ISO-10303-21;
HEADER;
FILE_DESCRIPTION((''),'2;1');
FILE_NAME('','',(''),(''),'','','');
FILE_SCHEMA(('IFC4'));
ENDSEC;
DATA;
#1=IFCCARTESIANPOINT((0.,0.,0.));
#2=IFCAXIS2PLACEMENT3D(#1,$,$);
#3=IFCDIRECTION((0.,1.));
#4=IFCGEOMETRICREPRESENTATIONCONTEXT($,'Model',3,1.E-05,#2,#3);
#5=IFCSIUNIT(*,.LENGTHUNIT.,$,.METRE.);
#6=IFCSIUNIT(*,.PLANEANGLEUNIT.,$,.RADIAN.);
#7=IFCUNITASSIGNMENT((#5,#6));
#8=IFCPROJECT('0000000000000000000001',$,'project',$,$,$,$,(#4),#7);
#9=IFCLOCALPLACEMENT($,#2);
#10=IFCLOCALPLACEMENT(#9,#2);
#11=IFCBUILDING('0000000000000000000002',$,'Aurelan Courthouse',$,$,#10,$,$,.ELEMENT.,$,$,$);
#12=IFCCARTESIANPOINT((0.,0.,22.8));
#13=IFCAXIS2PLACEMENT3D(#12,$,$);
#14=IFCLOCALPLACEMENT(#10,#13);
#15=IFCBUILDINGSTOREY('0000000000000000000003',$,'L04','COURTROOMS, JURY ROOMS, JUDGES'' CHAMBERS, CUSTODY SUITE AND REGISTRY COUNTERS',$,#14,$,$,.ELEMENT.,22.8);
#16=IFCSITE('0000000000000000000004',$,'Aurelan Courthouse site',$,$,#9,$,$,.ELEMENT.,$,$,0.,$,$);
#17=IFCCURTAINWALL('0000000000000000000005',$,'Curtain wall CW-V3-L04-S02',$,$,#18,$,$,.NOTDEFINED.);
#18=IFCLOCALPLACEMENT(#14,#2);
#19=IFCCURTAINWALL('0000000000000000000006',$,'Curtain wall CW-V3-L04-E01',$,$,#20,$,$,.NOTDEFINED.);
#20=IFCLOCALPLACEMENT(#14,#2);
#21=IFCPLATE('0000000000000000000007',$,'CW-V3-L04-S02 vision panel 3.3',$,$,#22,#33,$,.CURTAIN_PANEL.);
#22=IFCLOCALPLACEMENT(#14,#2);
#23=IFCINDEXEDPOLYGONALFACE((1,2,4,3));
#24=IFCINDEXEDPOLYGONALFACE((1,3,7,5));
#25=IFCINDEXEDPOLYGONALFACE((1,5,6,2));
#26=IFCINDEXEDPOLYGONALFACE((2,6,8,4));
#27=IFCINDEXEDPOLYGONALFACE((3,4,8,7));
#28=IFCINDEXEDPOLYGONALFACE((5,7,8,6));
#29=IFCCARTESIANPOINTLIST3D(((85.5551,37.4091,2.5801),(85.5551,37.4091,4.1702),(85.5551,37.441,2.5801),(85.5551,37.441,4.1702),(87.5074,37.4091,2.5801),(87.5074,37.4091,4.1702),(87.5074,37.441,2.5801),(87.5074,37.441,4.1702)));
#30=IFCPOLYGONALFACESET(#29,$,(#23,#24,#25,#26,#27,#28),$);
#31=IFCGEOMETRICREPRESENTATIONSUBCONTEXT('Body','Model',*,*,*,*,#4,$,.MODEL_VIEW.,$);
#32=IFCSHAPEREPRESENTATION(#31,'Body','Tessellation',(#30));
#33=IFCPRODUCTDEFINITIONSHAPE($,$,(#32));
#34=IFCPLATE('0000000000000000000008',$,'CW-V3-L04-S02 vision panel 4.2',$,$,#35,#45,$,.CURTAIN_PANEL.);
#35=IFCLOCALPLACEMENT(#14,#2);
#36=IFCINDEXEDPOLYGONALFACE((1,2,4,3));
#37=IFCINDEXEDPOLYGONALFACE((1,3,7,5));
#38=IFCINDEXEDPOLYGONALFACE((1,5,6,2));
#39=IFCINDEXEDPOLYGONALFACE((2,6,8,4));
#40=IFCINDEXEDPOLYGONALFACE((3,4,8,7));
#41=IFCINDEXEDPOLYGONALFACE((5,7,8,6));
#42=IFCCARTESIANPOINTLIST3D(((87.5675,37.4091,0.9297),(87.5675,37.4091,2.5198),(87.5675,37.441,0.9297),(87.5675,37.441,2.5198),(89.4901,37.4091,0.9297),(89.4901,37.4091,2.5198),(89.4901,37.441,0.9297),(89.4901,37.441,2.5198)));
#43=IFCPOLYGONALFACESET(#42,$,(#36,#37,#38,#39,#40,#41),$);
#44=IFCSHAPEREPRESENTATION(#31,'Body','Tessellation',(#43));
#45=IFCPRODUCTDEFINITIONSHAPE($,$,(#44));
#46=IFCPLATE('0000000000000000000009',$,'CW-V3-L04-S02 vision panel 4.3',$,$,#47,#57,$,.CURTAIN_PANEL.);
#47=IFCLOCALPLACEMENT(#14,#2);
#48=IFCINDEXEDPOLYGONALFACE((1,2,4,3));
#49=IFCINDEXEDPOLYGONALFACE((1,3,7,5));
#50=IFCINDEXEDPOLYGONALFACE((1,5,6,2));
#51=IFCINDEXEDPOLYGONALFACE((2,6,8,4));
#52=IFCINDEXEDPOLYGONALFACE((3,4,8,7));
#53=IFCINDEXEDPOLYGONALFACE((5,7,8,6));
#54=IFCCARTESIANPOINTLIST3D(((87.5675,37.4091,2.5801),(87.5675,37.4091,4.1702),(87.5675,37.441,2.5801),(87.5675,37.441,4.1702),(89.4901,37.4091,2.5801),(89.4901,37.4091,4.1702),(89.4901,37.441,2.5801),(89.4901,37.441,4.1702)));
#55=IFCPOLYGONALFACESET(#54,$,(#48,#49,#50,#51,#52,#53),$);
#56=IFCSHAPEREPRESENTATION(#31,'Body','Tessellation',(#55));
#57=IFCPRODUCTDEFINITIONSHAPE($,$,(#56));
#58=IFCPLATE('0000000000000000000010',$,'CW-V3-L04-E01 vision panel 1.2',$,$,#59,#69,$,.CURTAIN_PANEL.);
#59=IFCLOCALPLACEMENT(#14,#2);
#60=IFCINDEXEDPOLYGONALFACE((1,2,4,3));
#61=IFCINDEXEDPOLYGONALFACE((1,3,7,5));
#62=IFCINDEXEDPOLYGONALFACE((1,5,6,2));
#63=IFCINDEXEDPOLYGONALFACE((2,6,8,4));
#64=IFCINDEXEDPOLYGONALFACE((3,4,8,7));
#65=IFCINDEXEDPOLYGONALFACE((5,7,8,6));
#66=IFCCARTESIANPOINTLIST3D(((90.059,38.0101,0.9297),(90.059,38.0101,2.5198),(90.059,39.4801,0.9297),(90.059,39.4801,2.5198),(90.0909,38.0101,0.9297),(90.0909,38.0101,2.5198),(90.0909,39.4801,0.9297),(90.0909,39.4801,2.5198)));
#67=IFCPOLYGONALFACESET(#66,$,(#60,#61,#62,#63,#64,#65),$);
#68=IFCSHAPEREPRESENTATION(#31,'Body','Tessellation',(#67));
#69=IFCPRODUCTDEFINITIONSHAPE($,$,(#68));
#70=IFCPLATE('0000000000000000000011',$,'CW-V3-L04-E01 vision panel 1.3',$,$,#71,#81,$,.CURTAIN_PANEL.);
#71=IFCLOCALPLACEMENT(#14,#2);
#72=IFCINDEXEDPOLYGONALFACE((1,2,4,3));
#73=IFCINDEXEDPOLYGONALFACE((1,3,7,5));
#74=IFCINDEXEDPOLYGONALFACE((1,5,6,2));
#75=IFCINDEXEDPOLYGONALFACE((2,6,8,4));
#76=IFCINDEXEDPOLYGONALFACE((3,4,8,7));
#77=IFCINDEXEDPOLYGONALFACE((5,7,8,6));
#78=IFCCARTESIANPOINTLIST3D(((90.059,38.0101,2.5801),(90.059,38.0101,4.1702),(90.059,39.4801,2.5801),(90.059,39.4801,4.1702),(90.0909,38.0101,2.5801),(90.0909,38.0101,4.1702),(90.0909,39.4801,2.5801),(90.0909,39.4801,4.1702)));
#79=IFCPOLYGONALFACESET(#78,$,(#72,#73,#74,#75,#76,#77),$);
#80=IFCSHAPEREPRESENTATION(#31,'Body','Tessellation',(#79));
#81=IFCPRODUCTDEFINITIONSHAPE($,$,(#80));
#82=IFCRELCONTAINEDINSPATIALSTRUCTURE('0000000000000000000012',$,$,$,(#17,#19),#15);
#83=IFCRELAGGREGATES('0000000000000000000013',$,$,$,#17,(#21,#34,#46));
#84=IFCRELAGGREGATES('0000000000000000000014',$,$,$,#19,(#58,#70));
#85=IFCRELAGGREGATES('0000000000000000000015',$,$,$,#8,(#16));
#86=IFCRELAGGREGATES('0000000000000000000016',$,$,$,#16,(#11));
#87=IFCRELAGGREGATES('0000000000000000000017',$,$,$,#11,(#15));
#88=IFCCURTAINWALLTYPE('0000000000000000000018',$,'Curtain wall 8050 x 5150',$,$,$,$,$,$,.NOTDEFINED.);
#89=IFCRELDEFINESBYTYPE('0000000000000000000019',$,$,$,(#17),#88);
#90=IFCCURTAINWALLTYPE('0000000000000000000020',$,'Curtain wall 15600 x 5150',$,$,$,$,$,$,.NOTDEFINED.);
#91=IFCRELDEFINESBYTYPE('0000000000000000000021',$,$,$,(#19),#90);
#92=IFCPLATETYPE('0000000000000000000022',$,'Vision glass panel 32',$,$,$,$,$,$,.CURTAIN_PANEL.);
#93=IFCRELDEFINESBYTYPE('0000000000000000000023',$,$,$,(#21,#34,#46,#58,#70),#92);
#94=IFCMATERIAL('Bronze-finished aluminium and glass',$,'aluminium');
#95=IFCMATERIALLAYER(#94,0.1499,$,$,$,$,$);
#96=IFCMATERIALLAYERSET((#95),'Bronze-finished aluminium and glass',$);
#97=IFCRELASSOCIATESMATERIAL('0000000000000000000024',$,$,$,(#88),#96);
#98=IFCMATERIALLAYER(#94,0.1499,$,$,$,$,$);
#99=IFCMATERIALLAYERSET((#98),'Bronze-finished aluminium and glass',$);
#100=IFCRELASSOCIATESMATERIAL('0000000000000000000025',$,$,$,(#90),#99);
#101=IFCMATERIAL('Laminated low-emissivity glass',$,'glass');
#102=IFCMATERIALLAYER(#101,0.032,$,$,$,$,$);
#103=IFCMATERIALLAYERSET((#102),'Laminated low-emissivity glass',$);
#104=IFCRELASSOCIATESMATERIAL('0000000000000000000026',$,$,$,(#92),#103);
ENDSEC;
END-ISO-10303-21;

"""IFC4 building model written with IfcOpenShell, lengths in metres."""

from ifc_helpers import new_model, si_unit, direction, frame, origin, origin_2d, place, context, subcontext, project, spatial, rectangle, extrude, material, layer, layer_set, type_object, element, aggregate, save


model = new_model("IFC4")

# Units and contexts
model_context = context("Model", 3, precision=1e-05, world=origin(), true_north=direction((0.0, 1.0)))
body_context = subcontext(model_context, "Body", "Model", "MODEL_VIEW")
ifc_project = project(units=[si_unit("LENGTHUNIT", "METRE"), si_unit("PLANEANGLEUNIT", "RADIAN")], contexts=[model_context])

# Site, building, storey
site_placement = place(None, origin())
site = spatial("IfcSite", under=ifc_project, at=site_placement, Name="Aurelan Courthouse site", CompositionType="ELEMENT", RefElevation=0.0)
building_placement = place(site_placement, origin())
building = spatial("IfcBuilding", under=site, at=building_placement, Name="Aurelan Courthouse", CompositionType="ELEMENT")
storey_placement = place(building_placement, frame((0.0, 0.0, 22.8)))
storey = spatial("IfcBuildingStorey", under=building, at=storey_placement, Name="L04", Description="COURTROOMS, JURY ROOMS, JUDGES' CHAMBERS, CUSTODY SUITE AND REGISTRY COUNTERS", CompositionType="ELEMENT", Elevation=22.8)

# Curtain wall
ifc_material_1 = material(Name="Bronze-finished aluminium and glass", Category="aluminium")
ifc_layer_1 = layer(ifc_material_1, 0.1499)
ifc_layer_set_1 = layer_set([ifc_layer_1], Name="Bronze-finished aluminium and glass")
curtain_wall_type_1 = type_object("IfcCurtainWallType", Name="Curtain wall 8050 x 5150", PredefinedType="NOTDEFINED", material=ifc_layer_set_1)
curtain_wall_1_placement = place(storey_placement, origin())
curtain_wall_1 = element("IfcCurtainWall", 1, at=curtain_wall_1_placement, inside=storey, type_object=curtain_wall_type_1, Name="Curtain wall CW-V3-L04-S02", PredefinedType="NOTDEFINED")

# Curtain wall
ifc_layer_2 = layer(ifc_material_1, 0.1499)
ifc_layer_set_2 = layer_set([ifc_layer_2], Name="Bronze-finished aluminium and glass")
curtain_wall_type_2 = type_object("IfcCurtainWallType", Name="Curtain wall 15600 x 5150", PredefinedType="NOTDEFINED", material=ifc_layer_set_2)
curtain_wall_2_placement = place(storey_placement, origin())
curtain_wall_2 = element("IfcCurtainWall", 2, at=curtain_wall_2_placement, inside=storey, type_object=curtain_wall_type_2, Name="Curtain wall CW-V3-L04-E01", PredefinedType="NOTDEFINED")

# Plates
ifc_material_2 = material(Name="Laminated low-emissivity glass", Category="glass")
ifc_layer_3 = layer(ifc_material_2, 0.032)
ifc_layer_set_3 = layer_set([ifc_layer_3], Name="Laminated low-emissivity glass")
plate_type_1 = type_object("IfcPlateType", Name="Vision glass panel 32", PredefinedType="CURTAIN_PANEL", material=ifc_layer_set_3)
plate_1_placement = place(storey_placement, frame((86.5312, 37.425, 2.5801), z_axis=(0.0, 0.0, 1.0), x_axis=(1.0, 0.0, 0.0)))
plate_1 = element("IfcPlate", 3, at=plate_1_placement, type_object=plate_type_1, Name="CW-V3-L04-S02 vision panel 3.3", PredefinedType="CURTAIN_PANEL", context=body_context, shape_type="SweptSolid", body=[
    extrude(rectangle(XDim=1.9524, YDim=0.032, at=origin_2d()), origin(), (0.0, 0.0, 1.0), 1.5901),
])
plate_2_placement = place(storey_placement, frame((88.5288, 37.425, 0.9297), z_axis=(0.0, 0.0, 1.0), x_axis=(1.0, 0.0, 0.0)))
plate_2 = element("IfcPlate", 4, at=plate_2_placement, type_object=plate_type_1, Name="CW-V3-L04-S02 vision panel 4.2", PredefinedType="CURTAIN_PANEL", context=body_context, shape_type="SweptSolid", body=[
    extrude(rectangle(XDim=1.9226, YDim=0.032, at=origin_2d()), origin(), (0.0, 0.0, 1.0), 1.5901),
])
plate_3_placement = place(storey_placement, frame((88.5288, 37.425, 2.5801), z_axis=(0.0, 0.0, 1.0), x_axis=(1.0, 0.0, 0.0)))
plate_3 = element("IfcPlate", 5, at=plate_3_placement, type_object=plate_type_1, Name="CW-V3-L04-S02 vision panel 4.3", PredefinedType="CURTAIN_PANEL", context=body_context, shape_type="SweptSolid", body=[
    extrude(rectangle(XDim=1.9226, YDim=0.032, at=origin_2d()), origin(), (0.0, 0.0, 1.0), 1.5901),
])
aggregate(curtain_wall_1, [plate_1, plate_2, plate_3])
plate_4_placement = place(storey_placement, frame((90.075, 38.7451, 0.9297), z_axis=(0.0, 0.0, 1.0), x_axis=(0.0, 1.0, 0.0)))
plate_4 = element("IfcPlate", 6, at=plate_4_placement, type_object=plate_type_1, Name="CW-V3-L04-E01 vision panel 1.2", PredefinedType="CURTAIN_PANEL", context=body_context, shape_type="SweptSolid", body=[
    extrude(rectangle(XDim=1.47, YDim=0.032, at=origin_2d()), origin(), (0.0, 0.0, 1.0), 1.5901),
])
plate_5_placement = place(storey_placement, frame((90.075, 38.7451, 2.5801), z_axis=(0.0, 0.0, 1.0), x_axis=(0.0, 1.0, 0.0)))
plate_5 = element("IfcPlate", 7, at=plate_5_placement, type_object=plate_type_1, Name="CW-V3-L04-E01 vision panel 1.3", PredefinedType="CURTAIN_PANEL", context=body_context, shape_type="SweptSolid", body=[
    extrude(rectangle(XDim=1.47, YDim=0.032, at=origin_2d()), origin(), (0.0, 0.0, 1.0), 1.5901),
])
aggregate(curtain_wall_2, [plate_4, plate_5])

save(model, "model.ifc")
